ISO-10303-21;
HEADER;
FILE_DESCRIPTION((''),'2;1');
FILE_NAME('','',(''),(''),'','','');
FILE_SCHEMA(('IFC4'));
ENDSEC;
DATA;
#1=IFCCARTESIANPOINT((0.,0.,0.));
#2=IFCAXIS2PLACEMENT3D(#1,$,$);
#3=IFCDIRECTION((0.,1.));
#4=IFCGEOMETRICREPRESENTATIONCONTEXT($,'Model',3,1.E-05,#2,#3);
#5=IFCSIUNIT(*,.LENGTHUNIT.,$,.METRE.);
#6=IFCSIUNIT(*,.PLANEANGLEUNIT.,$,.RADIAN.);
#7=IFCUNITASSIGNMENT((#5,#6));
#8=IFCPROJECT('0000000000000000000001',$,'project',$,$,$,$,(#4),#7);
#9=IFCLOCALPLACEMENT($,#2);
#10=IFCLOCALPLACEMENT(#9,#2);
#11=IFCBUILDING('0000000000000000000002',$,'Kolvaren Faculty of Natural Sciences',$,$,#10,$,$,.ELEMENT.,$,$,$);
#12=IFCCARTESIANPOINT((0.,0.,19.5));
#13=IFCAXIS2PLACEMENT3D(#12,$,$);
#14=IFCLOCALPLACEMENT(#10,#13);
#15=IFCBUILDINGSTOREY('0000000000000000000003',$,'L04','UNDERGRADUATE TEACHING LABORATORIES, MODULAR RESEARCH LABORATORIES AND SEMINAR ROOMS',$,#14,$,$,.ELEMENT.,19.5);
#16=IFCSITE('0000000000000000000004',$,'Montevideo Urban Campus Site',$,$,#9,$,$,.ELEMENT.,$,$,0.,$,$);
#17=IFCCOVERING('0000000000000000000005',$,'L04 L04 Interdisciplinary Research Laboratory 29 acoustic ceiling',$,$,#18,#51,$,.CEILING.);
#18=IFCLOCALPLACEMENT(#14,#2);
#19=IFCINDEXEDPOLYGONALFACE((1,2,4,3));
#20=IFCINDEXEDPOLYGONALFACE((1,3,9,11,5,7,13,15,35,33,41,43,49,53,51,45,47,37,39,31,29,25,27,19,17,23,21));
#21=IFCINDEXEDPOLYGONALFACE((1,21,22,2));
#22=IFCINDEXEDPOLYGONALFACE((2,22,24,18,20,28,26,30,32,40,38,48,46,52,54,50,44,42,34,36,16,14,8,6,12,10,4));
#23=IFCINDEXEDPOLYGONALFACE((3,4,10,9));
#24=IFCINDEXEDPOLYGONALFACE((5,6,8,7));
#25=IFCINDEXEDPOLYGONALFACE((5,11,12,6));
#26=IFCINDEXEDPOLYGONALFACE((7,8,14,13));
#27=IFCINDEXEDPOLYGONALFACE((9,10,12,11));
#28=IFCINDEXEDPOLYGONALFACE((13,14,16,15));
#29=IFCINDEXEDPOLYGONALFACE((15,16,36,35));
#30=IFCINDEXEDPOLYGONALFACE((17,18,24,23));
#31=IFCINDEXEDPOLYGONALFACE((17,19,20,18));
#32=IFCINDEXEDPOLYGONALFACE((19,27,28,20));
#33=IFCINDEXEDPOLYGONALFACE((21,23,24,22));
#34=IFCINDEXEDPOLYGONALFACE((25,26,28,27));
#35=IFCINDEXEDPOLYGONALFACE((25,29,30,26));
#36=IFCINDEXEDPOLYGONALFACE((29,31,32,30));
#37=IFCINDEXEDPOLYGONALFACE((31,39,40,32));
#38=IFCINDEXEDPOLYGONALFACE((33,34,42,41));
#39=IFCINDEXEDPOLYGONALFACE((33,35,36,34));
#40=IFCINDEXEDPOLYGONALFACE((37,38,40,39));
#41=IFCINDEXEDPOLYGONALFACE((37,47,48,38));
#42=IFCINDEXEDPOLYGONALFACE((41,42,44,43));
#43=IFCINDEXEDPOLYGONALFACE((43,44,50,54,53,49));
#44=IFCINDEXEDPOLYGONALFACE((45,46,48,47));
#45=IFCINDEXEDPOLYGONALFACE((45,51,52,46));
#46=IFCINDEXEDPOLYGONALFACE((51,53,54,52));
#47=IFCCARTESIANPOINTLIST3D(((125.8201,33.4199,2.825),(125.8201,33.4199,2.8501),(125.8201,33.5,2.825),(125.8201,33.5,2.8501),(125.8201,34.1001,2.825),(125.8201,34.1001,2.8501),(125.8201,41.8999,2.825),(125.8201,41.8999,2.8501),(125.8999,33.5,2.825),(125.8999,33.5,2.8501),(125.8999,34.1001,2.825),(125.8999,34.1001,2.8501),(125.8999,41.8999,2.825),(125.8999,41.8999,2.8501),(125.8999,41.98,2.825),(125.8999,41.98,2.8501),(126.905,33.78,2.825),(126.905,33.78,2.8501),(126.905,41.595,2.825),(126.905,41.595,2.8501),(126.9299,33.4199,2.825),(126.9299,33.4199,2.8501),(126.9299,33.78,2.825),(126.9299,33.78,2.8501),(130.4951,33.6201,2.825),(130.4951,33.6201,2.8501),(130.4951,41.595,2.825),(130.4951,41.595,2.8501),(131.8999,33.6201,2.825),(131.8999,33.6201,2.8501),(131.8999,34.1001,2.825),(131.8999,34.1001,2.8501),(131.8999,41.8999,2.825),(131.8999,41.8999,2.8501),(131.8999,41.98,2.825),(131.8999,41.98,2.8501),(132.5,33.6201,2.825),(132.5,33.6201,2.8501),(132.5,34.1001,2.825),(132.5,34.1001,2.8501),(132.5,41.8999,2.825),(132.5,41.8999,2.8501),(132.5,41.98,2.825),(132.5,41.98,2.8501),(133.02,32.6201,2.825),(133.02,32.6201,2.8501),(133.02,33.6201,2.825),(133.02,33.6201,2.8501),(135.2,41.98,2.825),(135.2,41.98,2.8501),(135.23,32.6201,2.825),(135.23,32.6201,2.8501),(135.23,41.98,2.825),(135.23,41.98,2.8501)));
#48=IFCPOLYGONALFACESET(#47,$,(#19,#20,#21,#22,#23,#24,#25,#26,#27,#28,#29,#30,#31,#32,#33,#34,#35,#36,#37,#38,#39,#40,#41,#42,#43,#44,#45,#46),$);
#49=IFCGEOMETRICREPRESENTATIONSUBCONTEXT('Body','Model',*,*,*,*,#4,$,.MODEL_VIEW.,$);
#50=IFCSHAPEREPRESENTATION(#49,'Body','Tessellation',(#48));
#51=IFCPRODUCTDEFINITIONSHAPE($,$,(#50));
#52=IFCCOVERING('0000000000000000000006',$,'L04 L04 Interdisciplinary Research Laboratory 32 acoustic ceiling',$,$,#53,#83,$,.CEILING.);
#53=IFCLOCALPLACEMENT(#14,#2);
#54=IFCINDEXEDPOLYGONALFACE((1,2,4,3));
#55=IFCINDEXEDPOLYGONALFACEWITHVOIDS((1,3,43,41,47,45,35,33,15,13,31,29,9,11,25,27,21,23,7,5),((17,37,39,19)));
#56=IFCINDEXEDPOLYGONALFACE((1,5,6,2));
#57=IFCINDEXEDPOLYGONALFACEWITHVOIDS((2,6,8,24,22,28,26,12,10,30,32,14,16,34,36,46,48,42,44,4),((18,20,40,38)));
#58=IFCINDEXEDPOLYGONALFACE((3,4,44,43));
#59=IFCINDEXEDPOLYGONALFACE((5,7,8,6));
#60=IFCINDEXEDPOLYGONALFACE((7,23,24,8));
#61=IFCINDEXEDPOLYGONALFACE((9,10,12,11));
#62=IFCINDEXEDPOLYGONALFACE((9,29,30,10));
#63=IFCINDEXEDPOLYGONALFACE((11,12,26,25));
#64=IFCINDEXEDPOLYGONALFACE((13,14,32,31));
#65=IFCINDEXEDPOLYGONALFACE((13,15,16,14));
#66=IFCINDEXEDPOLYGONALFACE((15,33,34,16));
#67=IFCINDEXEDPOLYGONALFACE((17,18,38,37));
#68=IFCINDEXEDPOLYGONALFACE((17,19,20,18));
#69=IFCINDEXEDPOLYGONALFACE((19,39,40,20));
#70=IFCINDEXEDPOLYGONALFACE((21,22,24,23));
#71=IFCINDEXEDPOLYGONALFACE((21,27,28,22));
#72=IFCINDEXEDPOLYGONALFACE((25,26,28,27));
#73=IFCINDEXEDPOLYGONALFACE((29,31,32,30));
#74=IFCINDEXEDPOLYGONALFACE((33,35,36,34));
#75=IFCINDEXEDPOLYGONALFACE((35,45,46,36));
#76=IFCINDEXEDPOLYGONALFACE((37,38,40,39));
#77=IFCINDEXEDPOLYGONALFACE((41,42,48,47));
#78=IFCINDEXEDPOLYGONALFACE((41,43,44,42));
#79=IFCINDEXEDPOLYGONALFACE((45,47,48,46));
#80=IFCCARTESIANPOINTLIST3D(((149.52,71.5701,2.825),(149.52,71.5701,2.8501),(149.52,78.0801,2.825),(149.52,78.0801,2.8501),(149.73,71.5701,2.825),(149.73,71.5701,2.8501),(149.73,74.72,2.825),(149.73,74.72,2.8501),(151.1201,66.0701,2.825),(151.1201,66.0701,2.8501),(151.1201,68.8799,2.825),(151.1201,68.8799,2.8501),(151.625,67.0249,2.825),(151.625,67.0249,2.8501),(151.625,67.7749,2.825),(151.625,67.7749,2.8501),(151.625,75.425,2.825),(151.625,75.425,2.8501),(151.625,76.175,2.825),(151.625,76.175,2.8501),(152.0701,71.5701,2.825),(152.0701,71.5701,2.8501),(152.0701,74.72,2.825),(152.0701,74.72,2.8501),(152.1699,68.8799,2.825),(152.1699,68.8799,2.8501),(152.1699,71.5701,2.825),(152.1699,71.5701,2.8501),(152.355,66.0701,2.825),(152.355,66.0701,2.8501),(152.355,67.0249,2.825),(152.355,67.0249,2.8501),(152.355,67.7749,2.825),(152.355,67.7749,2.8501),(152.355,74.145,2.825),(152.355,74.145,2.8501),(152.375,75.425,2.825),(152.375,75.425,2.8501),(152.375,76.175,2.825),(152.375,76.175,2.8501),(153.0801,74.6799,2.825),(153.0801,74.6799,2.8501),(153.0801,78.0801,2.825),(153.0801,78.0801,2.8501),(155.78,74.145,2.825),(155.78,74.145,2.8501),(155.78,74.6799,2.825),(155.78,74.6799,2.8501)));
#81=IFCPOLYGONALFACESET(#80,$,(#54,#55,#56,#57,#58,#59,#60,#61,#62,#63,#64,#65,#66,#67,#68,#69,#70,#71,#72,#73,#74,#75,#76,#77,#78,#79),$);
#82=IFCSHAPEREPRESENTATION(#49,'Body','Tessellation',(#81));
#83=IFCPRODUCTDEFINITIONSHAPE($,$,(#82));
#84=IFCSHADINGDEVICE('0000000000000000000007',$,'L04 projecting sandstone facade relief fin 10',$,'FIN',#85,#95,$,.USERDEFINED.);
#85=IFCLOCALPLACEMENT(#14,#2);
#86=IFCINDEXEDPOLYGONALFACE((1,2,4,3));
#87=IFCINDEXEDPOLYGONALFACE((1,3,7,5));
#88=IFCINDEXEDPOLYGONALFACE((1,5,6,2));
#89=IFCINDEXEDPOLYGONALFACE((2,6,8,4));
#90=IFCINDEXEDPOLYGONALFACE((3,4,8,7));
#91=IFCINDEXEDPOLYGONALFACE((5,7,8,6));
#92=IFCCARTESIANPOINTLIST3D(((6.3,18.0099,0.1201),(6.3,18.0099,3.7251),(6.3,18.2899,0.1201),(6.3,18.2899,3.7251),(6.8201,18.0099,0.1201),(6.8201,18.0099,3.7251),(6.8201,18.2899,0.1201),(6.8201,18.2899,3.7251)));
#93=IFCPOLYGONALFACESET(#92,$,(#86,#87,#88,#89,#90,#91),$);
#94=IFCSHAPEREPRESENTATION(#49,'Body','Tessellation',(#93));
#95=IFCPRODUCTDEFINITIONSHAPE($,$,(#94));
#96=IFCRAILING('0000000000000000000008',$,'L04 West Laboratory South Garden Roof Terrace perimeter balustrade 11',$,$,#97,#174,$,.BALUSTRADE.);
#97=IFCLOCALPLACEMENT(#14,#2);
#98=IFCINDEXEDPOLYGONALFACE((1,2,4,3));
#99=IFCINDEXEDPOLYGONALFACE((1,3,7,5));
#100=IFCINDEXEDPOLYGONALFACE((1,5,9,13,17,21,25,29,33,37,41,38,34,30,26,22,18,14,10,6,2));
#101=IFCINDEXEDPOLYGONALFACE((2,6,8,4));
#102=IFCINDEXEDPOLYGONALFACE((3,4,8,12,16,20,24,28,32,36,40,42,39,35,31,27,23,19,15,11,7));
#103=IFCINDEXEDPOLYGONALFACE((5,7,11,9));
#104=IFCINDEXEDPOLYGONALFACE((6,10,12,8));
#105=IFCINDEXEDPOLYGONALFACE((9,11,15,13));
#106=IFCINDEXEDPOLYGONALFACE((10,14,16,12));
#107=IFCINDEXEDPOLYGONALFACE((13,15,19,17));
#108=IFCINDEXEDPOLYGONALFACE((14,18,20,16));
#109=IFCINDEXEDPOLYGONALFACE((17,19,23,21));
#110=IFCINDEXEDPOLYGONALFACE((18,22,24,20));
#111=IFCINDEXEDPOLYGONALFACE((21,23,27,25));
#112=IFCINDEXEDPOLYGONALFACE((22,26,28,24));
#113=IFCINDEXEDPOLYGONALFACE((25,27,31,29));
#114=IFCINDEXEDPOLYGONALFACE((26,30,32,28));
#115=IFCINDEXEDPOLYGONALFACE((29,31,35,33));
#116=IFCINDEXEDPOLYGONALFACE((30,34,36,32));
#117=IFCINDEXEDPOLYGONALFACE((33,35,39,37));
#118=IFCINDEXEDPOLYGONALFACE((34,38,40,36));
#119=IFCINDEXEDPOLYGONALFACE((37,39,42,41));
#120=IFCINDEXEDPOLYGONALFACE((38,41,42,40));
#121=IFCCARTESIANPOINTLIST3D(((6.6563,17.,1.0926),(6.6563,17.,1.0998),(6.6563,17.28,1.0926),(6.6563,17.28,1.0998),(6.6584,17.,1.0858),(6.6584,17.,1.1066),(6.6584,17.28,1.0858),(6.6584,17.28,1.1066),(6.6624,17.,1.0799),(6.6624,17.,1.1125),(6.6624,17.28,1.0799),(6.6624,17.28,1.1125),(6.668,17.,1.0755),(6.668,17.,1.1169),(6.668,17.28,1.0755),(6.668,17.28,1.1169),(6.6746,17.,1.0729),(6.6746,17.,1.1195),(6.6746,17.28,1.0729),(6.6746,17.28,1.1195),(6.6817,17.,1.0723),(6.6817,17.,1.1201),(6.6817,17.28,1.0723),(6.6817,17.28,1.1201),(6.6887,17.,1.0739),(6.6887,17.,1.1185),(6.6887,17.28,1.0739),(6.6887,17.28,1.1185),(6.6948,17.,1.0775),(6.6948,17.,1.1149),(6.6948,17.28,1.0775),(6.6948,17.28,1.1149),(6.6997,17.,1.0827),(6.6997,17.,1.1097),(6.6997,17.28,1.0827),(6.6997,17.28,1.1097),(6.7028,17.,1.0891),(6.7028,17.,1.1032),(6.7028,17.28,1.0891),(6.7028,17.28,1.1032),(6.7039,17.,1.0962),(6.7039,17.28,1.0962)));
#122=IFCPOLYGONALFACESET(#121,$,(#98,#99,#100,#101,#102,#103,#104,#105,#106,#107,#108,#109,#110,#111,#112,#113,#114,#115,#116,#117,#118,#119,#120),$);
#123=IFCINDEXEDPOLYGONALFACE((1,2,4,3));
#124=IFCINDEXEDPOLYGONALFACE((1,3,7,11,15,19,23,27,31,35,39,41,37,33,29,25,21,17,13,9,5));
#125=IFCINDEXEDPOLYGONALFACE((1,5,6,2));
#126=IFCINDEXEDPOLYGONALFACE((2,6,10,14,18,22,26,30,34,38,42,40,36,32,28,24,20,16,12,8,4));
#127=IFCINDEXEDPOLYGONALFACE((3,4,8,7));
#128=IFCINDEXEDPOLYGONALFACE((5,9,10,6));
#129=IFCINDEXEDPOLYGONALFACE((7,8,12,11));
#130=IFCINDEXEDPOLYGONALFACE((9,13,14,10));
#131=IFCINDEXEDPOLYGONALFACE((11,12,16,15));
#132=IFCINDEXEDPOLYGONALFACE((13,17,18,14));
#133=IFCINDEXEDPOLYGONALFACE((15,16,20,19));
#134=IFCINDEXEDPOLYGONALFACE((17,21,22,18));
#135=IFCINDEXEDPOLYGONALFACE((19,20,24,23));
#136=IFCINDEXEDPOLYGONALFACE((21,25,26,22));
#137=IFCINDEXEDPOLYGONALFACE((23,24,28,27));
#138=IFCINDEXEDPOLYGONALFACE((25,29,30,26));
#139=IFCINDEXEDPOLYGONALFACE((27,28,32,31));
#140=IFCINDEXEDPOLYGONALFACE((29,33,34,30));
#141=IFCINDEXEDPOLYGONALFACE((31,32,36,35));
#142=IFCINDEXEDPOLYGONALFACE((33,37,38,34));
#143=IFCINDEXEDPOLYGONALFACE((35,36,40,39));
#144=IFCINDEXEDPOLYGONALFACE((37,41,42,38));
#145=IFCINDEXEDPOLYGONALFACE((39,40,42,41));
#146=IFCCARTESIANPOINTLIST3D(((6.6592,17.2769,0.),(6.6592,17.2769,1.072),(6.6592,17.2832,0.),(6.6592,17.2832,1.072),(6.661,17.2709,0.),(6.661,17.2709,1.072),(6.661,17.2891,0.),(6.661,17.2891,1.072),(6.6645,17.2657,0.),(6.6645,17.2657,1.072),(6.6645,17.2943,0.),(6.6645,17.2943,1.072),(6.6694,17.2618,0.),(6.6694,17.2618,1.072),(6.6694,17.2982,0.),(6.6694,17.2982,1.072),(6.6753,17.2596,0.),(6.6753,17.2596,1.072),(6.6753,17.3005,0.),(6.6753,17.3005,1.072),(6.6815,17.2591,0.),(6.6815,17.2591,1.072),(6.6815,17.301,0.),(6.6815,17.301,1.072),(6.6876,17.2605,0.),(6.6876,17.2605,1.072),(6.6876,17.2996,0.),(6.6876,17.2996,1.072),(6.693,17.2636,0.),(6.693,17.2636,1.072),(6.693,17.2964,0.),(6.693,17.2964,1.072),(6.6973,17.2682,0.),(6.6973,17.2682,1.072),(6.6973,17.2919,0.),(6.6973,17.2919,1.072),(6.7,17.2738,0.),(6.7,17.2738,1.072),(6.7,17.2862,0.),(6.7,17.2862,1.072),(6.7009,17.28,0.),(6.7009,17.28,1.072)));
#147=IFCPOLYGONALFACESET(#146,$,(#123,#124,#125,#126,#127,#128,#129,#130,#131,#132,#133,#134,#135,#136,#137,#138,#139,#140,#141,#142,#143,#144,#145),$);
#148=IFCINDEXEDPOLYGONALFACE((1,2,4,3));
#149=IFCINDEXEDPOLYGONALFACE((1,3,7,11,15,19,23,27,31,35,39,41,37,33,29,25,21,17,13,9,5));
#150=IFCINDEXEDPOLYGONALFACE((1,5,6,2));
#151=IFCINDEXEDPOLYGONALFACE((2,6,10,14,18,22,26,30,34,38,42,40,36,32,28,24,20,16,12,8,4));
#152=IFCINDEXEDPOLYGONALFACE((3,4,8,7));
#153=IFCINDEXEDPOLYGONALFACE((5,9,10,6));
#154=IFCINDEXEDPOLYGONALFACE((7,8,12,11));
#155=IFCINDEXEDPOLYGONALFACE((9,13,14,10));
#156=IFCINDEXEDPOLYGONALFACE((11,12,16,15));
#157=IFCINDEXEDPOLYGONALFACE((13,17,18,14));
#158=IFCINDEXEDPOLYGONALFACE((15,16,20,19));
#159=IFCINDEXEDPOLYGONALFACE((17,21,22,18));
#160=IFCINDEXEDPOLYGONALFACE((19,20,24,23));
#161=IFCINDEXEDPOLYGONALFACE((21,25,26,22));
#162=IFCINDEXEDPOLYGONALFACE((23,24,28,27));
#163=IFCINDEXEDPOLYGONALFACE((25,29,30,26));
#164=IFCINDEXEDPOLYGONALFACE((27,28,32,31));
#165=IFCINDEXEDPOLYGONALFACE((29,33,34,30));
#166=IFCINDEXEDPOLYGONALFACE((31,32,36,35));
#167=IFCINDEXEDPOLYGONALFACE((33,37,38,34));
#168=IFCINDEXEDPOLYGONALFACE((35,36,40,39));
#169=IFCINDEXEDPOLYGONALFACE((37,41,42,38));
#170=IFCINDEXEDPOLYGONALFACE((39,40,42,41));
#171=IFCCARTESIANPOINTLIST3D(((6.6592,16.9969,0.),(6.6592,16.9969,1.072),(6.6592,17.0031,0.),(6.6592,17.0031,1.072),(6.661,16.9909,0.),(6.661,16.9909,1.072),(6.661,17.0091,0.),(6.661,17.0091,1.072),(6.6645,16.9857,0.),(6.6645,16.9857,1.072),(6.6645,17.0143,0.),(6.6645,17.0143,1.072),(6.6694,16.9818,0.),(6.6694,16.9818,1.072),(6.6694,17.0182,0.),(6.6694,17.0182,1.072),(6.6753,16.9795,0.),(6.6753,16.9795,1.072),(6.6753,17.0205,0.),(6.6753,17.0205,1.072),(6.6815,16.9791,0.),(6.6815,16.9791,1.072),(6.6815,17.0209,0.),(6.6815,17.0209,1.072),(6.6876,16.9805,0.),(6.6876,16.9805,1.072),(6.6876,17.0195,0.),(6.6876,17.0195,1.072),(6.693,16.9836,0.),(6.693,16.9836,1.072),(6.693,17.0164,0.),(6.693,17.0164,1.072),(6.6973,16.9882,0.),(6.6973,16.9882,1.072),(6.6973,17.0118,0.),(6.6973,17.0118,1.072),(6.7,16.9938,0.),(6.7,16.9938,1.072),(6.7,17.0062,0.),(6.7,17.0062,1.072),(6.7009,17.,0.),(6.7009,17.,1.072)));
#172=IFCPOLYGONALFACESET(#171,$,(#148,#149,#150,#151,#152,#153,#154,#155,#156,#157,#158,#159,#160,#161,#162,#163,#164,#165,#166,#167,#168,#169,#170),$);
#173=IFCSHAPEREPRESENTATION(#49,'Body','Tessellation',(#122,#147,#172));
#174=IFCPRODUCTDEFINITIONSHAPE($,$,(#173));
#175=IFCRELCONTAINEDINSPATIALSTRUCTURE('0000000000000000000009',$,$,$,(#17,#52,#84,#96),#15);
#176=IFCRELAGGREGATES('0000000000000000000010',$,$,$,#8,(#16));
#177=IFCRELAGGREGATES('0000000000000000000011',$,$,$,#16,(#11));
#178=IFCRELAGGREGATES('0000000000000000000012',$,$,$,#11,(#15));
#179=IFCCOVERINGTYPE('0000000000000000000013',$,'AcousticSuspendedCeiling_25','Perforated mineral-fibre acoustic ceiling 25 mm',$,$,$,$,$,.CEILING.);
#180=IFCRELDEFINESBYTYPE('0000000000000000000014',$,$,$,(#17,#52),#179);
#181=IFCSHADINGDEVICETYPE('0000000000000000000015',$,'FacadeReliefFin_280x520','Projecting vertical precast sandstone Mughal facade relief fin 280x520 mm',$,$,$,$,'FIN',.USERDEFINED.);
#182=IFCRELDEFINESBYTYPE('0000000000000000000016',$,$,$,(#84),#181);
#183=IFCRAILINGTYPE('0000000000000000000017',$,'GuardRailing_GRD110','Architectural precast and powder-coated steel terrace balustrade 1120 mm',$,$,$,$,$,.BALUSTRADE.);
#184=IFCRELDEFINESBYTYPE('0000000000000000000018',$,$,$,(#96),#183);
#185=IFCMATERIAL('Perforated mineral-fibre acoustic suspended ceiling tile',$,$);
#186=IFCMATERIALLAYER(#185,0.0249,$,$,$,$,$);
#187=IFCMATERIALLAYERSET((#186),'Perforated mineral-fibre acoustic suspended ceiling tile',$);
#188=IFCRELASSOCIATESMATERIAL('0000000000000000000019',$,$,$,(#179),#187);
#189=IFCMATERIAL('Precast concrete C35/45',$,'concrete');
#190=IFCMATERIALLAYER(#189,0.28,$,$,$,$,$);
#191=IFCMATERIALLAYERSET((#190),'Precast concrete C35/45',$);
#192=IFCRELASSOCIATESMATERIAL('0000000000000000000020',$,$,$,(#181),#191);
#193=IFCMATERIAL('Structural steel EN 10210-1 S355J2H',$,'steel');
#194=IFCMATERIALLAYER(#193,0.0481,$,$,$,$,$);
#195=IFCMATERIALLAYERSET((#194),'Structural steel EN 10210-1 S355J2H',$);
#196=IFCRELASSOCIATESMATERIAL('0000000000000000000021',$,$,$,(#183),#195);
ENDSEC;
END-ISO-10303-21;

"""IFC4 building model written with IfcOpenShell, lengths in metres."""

from ifc_helpers import new_model, si_unit, direction, frame, origin, origin_2d, place, context, subcontext, project, spatial, polyline, rectangle, circle, outline, extrude, material, layer, layer_set, type_object, element, save


model = new_model("IFC4")

# Units and contexts
model_context = context("Model", 3, precision=1e-05, world=origin(), true_north=direction((0.0, 1.0)))
body_context = subcontext(model_context, "Body", "Model", "MODEL_VIEW")
ifc_project = project(units=[si_unit("LENGTHUNIT", "METRE"), si_unit("PLANEANGLEUNIT", "RADIAN")], contexts=[model_context])

# Site, building, storey
site_placement = place(None, origin())
site = spatial("IfcSite", under=ifc_project, at=site_placement, Name="Montevideo Urban Campus Site", CompositionType="ELEMENT", RefElevation=0.0)
building_placement = place(site_placement, origin())
building = spatial("IfcBuilding", under=site, at=building_placement, Name="Kolvaren Faculty of Natural Sciences", CompositionType="ELEMENT")
storey_placement = place(building_placement, frame((0.0, 0.0, 19.5)))
storey = spatial("IfcBuildingStorey", under=building, at=storey_placement, Name="L04", Description="UNDERGRADUATE TEACHING LABORATORIES, MODULAR RESEARCH LABORATORIES AND SEMINAR ROOMS", CompositionType="ELEMENT", Elevation=19.5)

# Coverings
ifc_material_1 = material(Name="Perforated mineral-fibre acoustic suspended ceiling tile")
ifc_layer_1 = layer(ifc_material_1, 0.0249)
ifc_layer_set_1 = layer_set([ifc_layer_1], Name="Perforated mineral-fibre acoustic suspended ceiling tile")
covering_type_1 = type_object("IfcCoveringType", Name="AcousticSuspendedCeiling_25", Description="Perforated mineral-fibre acoustic ceiling 25 mm", PredefinedType="CEILING", material=ifc_layer_set_1)
covering_1_placement = place(storey_placement, frame((0.0, 0.0, 2.825)))
element("IfcCovering", 1, at=covering_1_placement, inside=storey, type_object=covering_type_1, Name="L04 L04 Interdisciplinary Research Laboratory 29 acoustic ceiling", PredefinedType="CEILING", context=body_context, shape_type="SweptSolid", body=[
    extrude(outline(polyline([(135.23, 41.98), (135.23, 32.6201), (133.02, 32.6201), (133.02, 33.6201), (132.5, 33.6201), (132.5, 34.1001), (131.8999, 34.1001), (131.8999, 33.6201), (130.4951, 33.6201), (130.4951, 41.595), (126.905, 41.595), (126.905, 33.78), (126.9299, 33.78), (126.9299, 33.4199), (125.8201, 33.4199), (125.8201, 33.5), (125.8999, 33.5), (125.8999, 34.1001), (125.8201, 34.1001), (125.8201, 41.8999), (125.8999, 41.8999), (125.8999, 41.98), (131.8999, 41.98), (131.8999, 41.8999), (132.5, 41.8999), (132.5, 41.98), (135.2, 41.98), (135.23, 41.98)])), origin(), (0.0, 0.0, 1.0), 0.0251),
])
covering_2_placement = place(storey_placement, frame((0.0, 0.0, 2.825)))
element("IfcCovering", 2, at=covering_2_placement, inside=storey, type_object=covering_type_1, Name="L04 L04 Interdisciplinary Research Laboratory 32 acoustic ceiling", PredefinedType="CEILING", context=body_context, shape_type="SweptSolid", body=[
    extrude(outline(polyline([(151.1201, 68.8799), (152.1699, 68.8799), (152.1699, 71.5701), (152.0701, 71.5701), (152.0701, 74.72), (149.73, 74.72), (149.73, 71.5701), (149.52, 71.5701), (149.52, 78.0801), (153.0801, 78.0801), (153.0801, 74.6799), (155.78, 74.6799), (155.78, 74.145), (152.355, 74.145), (152.355, 67.7749), (151.625, 67.7749), (151.625, 67.0249), (152.355, 67.0249), (152.355, 66.0701), (151.1201, 66.0701), (151.1201, 68.8799)]), holes=[polyline([(151.625, 76.175), (151.625, 75.425), (152.375, 75.425), (152.375, 76.175), (151.625, 76.175)])]), origin(), (0.0, 0.0, 1.0), 0.0251),
])

# Shading device
ifc_material_2 = material(Name="Precast concrete C35/45", Category="concrete")
ifc_layer_2 = layer(ifc_material_2, 0.28)
ifc_layer_set_2 = layer_set([ifc_layer_2], Name="Precast concrete C35/45")
shading_device_type = type_object("IfcShadingDeviceType", Name="FacadeReliefFin_280x520", Description="Projecting vertical precast sandstone Mughal facade relief fin 280x520 mm", ElementType="FIN", PredefinedType="USERDEFINED", material=ifc_layer_set_2)
shading_device_placement = place(storey_placement, frame((6.5601, 18.1499, 0.1201), z_axis=(0.0, 0.0, 1.0), x_axis=(0.0, 1.0, 0.0)))
element("IfcShadingDevice", 3, at=shading_device_placement, inside=storey, type_object=shading_device_type, Name="L04 projecting sandstone facade relief fin 10", ObjectType="FIN", PredefinedType="USERDEFINED", context=body_context, shape_type="SweptSolid", body=[
    extrude(rectangle(XDim=0.28, YDim=0.52, at=origin_2d()), origin(), (0.0, 0.0, 1.0), 3.605),
])

# Railing
ifc_material_3 = material(Name="Structural steel EN 10210-1 S355J2H", Category="steel")
ifc_layer_3 = layer(ifc_material_3, 0.0481)
ifc_layer_set_3 = layer_set([ifc_layer_3], Name="Structural steel EN 10210-1 S355J2H")
railing_type = type_object("IfcRailingType", Name="GuardRailing_GRD110", Description="Architectural precast and powder-coated steel terrace balustrade 1120 mm", PredefinedType="BALUSTRADE", material=ifc_layer_set_3)
railing_1_placement = place(storey_placement, frame((6.6799, 17.28, 0.0)))
element("IfcRailing", 4, at=railing_1_placement, inside=storey, type_object=railing_type, Name="L04 West Laboratory South Garden Roof Terrace perimeter balustrade 11", PredefinedType="BALUSTRADE", context=body_context, shape_type="SweptSolid", body=[
    extrude(circle(Radius=0.0239, at=origin_2d()), frame((0.0, 0.0, 1.0962), z_axis=(0.0, -1.0, 0.0), x_axis=(1.0, 0.0, 0.0)), (0.0, 0.0, 1.0), 0.28),
    extrude(circle(Radius=0.021, at=origin_2d()), origin(), (0.0, 0.0, 1.0), 1.072),
    extrude(circle(Radius=0.021, at=origin_2d()), frame((0.0, -0.28, 0.0)), (0.0, 0.0, 1.0), 1.072),
])

save(model, "model.ifc")
